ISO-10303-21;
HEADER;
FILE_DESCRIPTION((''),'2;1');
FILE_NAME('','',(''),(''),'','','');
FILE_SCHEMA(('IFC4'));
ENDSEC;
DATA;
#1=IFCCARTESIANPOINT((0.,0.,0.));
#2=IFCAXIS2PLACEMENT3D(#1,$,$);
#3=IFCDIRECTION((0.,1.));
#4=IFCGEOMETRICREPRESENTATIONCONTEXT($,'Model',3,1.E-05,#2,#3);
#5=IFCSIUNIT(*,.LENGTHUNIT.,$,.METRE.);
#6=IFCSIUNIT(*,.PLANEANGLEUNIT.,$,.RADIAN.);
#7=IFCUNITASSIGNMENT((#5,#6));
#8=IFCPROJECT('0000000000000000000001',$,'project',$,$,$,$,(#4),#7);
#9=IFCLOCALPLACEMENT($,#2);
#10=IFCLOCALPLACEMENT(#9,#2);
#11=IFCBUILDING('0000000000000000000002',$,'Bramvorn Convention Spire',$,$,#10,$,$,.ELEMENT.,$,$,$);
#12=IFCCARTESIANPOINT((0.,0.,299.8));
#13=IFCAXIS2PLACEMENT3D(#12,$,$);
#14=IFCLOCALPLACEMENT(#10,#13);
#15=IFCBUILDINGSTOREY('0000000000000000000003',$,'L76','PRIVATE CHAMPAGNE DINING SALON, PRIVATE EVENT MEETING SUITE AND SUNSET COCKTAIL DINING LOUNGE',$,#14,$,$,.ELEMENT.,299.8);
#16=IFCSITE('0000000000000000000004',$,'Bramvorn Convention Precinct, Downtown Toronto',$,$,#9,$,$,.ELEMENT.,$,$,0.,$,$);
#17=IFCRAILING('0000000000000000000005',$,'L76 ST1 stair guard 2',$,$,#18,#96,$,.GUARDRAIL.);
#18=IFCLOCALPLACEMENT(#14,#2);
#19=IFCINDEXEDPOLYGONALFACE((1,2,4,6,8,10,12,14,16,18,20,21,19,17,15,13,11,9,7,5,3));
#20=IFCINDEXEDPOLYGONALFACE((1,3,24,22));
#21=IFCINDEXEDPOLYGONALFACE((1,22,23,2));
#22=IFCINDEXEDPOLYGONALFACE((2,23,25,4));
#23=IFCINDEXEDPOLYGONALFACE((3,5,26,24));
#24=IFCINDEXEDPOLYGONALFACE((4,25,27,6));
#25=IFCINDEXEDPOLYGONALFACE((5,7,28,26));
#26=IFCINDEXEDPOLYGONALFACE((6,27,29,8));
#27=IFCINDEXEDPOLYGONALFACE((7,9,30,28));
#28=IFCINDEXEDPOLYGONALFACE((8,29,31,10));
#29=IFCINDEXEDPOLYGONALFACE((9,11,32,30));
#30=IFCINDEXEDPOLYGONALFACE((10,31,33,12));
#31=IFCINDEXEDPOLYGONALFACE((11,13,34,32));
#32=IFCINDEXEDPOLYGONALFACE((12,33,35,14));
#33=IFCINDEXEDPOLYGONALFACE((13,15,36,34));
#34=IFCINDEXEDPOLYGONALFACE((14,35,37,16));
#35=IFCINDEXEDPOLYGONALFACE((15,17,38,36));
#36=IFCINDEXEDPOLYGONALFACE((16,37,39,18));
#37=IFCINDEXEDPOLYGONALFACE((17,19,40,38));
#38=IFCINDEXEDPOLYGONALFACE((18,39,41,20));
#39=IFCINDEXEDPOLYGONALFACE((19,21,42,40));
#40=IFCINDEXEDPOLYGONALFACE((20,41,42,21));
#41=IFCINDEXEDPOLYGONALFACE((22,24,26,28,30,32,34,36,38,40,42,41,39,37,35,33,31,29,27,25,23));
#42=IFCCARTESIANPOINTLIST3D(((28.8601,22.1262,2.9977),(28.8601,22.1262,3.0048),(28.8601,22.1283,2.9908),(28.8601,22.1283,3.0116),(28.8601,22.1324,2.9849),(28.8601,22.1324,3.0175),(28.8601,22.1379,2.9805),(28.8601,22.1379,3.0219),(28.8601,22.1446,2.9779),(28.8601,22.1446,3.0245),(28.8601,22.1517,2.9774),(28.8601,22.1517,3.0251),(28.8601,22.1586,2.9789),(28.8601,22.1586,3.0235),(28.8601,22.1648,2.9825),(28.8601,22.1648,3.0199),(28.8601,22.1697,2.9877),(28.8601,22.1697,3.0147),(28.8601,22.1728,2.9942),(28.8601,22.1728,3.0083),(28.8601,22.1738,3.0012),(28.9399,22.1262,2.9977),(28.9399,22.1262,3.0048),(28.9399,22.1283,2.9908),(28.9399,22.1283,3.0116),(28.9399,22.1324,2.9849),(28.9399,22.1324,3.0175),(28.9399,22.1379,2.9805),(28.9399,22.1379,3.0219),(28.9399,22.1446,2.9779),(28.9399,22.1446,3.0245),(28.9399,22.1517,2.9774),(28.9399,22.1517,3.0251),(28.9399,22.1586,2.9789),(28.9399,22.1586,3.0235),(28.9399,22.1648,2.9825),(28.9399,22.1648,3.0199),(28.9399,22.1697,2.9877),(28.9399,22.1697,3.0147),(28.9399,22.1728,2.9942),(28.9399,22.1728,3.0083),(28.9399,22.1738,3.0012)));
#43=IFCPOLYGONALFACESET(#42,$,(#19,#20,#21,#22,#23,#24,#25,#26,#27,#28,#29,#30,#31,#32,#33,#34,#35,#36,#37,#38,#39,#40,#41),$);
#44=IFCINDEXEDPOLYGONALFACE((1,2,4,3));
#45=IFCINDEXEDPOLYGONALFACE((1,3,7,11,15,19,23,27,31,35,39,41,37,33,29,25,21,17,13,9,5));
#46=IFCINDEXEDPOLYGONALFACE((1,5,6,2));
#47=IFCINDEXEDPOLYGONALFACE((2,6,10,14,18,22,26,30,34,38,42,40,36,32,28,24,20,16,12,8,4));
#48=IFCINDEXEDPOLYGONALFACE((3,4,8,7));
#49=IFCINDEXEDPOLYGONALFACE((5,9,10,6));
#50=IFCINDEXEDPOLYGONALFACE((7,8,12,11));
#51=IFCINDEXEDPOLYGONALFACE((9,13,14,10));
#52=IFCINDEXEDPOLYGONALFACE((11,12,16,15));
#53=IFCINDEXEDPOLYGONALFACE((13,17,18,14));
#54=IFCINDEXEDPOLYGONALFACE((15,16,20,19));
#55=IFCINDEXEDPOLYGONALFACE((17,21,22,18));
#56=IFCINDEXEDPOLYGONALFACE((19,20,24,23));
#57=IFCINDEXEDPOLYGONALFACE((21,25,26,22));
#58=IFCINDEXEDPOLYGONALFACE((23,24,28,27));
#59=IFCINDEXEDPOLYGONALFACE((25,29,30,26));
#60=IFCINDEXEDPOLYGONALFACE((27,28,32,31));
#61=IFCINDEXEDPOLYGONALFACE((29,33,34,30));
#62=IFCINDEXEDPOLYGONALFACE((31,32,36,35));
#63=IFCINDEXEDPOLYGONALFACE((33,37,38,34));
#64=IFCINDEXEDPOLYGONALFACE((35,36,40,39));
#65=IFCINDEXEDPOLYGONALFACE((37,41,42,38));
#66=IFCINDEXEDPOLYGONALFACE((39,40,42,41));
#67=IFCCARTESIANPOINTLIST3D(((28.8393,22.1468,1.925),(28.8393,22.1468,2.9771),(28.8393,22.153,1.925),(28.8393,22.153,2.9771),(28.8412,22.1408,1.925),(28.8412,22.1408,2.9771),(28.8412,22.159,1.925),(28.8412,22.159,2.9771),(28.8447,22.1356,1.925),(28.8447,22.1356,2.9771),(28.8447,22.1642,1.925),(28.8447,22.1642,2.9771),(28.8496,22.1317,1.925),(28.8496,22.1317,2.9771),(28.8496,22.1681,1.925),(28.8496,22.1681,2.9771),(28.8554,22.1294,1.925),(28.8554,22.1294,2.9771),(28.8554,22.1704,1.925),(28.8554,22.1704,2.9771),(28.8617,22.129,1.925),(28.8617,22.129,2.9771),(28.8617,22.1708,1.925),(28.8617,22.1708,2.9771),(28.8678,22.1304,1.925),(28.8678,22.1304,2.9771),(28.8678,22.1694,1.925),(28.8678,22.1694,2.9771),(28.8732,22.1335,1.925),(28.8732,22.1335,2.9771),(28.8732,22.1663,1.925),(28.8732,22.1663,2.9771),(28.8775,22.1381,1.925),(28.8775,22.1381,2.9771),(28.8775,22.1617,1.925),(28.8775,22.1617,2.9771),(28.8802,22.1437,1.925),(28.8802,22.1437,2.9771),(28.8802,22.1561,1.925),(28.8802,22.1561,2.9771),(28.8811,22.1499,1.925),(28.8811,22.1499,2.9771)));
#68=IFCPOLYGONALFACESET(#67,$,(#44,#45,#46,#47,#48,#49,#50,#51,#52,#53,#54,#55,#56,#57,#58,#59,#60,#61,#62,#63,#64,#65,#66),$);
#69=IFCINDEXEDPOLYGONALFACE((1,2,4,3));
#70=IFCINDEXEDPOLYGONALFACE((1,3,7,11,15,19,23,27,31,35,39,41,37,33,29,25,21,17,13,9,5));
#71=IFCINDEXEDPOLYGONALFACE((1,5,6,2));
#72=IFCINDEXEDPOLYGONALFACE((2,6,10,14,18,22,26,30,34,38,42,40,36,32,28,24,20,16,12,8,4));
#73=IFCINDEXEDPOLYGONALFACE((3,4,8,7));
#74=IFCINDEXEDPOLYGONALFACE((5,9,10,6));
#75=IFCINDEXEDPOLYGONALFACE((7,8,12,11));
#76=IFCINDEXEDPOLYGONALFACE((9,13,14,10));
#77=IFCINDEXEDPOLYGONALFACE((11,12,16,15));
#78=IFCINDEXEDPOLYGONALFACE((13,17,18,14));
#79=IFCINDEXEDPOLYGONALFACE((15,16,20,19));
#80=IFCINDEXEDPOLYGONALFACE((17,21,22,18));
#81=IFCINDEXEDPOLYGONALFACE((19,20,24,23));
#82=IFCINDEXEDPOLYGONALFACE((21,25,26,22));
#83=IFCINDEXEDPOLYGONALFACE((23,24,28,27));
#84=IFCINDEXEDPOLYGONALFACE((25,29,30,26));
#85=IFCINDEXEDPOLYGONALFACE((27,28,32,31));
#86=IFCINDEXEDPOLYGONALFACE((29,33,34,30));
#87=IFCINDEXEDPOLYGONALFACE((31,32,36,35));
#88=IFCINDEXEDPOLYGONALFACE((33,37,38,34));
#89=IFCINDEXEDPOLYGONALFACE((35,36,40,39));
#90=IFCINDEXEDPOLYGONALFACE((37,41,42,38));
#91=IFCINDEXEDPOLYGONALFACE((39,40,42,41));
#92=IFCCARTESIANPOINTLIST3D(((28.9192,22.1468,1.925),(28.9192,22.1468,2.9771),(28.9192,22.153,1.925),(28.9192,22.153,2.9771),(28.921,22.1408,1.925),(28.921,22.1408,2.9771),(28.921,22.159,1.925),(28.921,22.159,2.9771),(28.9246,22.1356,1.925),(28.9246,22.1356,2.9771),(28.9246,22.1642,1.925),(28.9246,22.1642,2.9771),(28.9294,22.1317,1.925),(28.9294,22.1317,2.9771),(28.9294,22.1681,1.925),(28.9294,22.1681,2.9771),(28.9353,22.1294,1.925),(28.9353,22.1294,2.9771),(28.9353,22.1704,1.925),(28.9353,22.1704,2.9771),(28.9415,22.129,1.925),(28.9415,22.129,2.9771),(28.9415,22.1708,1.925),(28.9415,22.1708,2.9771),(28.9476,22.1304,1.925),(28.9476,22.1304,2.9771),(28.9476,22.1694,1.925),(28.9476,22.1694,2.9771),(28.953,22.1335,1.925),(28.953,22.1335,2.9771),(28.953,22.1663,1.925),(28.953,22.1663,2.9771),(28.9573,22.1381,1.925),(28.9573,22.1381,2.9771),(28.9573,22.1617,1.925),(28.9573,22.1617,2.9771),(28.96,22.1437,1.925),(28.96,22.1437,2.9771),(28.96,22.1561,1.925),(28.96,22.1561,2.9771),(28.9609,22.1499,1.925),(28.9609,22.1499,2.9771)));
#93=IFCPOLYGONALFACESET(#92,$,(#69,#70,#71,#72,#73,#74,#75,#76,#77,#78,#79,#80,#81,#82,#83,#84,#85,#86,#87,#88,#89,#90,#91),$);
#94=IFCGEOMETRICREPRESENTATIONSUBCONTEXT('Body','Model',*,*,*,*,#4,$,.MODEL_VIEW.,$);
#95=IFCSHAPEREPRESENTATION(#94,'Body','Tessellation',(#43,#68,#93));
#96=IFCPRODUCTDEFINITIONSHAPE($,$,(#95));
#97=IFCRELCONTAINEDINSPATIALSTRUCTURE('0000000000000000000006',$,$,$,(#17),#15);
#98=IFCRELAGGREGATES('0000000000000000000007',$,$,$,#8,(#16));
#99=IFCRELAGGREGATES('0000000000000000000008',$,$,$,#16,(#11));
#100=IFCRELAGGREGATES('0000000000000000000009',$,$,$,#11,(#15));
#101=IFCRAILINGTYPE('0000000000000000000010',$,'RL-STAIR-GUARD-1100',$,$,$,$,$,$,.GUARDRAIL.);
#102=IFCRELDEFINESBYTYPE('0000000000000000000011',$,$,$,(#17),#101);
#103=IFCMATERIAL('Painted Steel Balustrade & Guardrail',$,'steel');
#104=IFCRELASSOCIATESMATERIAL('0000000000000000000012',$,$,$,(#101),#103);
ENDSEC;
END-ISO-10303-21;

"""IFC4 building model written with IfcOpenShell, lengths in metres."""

from ifc_helpers import new_model, si_unit, direction, frame, origin, origin_2d, place, context, subcontext, project, spatial, circle, extrude, material, type_object, element, save


model = new_model("IFC4")

# Units and contexts
model_context = context("Model", 3, precision=1e-05, world=origin(), true_north=direction((0.0, 1.0)))
body_context = subcontext(model_context, "Body", "Model", "MODEL_VIEW")
ifc_project = project(units=[si_unit("LENGTHUNIT", "METRE"), si_unit("PLANEANGLEUNIT", "RADIAN")], contexts=[model_context])

# Site, building, storey
site_placement = place(None, origin())
site = spatial("IfcSite", under=ifc_project, at=site_placement, Name="Bramvorn Convention Precinct, Downtown Toronto", CompositionType="ELEMENT", RefElevation=0.0)
building_placement = place(site_placement, origin())
building = spatial("IfcBuilding", under=site, at=building_placement, Name="Bramvorn Convention Spire", CompositionType="ELEMENT")
storey_placement = place(building_placement, frame((0.0, 0.0, 299.8)))
storey = spatial("IfcBuildingStorey", under=building, at=storey_placement, Name="L76", Description="PRIVATE CHAMPAGNE DINING SALON, PRIVATE EVENT MEETING SUITE AND SUNSET COCKTAIL DINING LOUNGE", CompositionType="ELEMENT", Elevation=299.8)

# Railing
ifc_material_1 = material(Name="Painted Steel Balustrade & Guardrail", Category="steel")
railing_type_1 = type_object("IfcRailingType", Name="RL-STAIR-GUARD-1100", PredefinedType="GUARDRAIL", material=ifc_material_1)
railing_1_placement = place(storey_placement, frame((28.8601, 22.1499, 1.925)))
element("IfcRailing", 1, at=railing_1_placement, inside=storey, type_object=railing_type_1, Name="L76 ST1 stair guard 2", PredefinedType="GUARDRAIL", context=body_context, shape_type="SweptSolid", body=[
    extrude(circle(Radius=0.0239, at=origin_2d()), frame((0.0, 0.0, 1.0762), z_axis=(1.0, 0.0, 0.0), x_axis=(0.0, 1.0, 0.0)), (0.0, 0.0, 1.0), 0.0798),
    extrude(circle(Radius=0.021, at=origin_2d()), origin(), (0.0, 0.0, 1.0), 1.052),
    extrude(circle(Radius=0.021, at=origin_2d()), frame((0.0798, 0.0, 0.0)), (0.0, 0.0, 1.0), 1.052),
])

save(model, "model.ifc")
